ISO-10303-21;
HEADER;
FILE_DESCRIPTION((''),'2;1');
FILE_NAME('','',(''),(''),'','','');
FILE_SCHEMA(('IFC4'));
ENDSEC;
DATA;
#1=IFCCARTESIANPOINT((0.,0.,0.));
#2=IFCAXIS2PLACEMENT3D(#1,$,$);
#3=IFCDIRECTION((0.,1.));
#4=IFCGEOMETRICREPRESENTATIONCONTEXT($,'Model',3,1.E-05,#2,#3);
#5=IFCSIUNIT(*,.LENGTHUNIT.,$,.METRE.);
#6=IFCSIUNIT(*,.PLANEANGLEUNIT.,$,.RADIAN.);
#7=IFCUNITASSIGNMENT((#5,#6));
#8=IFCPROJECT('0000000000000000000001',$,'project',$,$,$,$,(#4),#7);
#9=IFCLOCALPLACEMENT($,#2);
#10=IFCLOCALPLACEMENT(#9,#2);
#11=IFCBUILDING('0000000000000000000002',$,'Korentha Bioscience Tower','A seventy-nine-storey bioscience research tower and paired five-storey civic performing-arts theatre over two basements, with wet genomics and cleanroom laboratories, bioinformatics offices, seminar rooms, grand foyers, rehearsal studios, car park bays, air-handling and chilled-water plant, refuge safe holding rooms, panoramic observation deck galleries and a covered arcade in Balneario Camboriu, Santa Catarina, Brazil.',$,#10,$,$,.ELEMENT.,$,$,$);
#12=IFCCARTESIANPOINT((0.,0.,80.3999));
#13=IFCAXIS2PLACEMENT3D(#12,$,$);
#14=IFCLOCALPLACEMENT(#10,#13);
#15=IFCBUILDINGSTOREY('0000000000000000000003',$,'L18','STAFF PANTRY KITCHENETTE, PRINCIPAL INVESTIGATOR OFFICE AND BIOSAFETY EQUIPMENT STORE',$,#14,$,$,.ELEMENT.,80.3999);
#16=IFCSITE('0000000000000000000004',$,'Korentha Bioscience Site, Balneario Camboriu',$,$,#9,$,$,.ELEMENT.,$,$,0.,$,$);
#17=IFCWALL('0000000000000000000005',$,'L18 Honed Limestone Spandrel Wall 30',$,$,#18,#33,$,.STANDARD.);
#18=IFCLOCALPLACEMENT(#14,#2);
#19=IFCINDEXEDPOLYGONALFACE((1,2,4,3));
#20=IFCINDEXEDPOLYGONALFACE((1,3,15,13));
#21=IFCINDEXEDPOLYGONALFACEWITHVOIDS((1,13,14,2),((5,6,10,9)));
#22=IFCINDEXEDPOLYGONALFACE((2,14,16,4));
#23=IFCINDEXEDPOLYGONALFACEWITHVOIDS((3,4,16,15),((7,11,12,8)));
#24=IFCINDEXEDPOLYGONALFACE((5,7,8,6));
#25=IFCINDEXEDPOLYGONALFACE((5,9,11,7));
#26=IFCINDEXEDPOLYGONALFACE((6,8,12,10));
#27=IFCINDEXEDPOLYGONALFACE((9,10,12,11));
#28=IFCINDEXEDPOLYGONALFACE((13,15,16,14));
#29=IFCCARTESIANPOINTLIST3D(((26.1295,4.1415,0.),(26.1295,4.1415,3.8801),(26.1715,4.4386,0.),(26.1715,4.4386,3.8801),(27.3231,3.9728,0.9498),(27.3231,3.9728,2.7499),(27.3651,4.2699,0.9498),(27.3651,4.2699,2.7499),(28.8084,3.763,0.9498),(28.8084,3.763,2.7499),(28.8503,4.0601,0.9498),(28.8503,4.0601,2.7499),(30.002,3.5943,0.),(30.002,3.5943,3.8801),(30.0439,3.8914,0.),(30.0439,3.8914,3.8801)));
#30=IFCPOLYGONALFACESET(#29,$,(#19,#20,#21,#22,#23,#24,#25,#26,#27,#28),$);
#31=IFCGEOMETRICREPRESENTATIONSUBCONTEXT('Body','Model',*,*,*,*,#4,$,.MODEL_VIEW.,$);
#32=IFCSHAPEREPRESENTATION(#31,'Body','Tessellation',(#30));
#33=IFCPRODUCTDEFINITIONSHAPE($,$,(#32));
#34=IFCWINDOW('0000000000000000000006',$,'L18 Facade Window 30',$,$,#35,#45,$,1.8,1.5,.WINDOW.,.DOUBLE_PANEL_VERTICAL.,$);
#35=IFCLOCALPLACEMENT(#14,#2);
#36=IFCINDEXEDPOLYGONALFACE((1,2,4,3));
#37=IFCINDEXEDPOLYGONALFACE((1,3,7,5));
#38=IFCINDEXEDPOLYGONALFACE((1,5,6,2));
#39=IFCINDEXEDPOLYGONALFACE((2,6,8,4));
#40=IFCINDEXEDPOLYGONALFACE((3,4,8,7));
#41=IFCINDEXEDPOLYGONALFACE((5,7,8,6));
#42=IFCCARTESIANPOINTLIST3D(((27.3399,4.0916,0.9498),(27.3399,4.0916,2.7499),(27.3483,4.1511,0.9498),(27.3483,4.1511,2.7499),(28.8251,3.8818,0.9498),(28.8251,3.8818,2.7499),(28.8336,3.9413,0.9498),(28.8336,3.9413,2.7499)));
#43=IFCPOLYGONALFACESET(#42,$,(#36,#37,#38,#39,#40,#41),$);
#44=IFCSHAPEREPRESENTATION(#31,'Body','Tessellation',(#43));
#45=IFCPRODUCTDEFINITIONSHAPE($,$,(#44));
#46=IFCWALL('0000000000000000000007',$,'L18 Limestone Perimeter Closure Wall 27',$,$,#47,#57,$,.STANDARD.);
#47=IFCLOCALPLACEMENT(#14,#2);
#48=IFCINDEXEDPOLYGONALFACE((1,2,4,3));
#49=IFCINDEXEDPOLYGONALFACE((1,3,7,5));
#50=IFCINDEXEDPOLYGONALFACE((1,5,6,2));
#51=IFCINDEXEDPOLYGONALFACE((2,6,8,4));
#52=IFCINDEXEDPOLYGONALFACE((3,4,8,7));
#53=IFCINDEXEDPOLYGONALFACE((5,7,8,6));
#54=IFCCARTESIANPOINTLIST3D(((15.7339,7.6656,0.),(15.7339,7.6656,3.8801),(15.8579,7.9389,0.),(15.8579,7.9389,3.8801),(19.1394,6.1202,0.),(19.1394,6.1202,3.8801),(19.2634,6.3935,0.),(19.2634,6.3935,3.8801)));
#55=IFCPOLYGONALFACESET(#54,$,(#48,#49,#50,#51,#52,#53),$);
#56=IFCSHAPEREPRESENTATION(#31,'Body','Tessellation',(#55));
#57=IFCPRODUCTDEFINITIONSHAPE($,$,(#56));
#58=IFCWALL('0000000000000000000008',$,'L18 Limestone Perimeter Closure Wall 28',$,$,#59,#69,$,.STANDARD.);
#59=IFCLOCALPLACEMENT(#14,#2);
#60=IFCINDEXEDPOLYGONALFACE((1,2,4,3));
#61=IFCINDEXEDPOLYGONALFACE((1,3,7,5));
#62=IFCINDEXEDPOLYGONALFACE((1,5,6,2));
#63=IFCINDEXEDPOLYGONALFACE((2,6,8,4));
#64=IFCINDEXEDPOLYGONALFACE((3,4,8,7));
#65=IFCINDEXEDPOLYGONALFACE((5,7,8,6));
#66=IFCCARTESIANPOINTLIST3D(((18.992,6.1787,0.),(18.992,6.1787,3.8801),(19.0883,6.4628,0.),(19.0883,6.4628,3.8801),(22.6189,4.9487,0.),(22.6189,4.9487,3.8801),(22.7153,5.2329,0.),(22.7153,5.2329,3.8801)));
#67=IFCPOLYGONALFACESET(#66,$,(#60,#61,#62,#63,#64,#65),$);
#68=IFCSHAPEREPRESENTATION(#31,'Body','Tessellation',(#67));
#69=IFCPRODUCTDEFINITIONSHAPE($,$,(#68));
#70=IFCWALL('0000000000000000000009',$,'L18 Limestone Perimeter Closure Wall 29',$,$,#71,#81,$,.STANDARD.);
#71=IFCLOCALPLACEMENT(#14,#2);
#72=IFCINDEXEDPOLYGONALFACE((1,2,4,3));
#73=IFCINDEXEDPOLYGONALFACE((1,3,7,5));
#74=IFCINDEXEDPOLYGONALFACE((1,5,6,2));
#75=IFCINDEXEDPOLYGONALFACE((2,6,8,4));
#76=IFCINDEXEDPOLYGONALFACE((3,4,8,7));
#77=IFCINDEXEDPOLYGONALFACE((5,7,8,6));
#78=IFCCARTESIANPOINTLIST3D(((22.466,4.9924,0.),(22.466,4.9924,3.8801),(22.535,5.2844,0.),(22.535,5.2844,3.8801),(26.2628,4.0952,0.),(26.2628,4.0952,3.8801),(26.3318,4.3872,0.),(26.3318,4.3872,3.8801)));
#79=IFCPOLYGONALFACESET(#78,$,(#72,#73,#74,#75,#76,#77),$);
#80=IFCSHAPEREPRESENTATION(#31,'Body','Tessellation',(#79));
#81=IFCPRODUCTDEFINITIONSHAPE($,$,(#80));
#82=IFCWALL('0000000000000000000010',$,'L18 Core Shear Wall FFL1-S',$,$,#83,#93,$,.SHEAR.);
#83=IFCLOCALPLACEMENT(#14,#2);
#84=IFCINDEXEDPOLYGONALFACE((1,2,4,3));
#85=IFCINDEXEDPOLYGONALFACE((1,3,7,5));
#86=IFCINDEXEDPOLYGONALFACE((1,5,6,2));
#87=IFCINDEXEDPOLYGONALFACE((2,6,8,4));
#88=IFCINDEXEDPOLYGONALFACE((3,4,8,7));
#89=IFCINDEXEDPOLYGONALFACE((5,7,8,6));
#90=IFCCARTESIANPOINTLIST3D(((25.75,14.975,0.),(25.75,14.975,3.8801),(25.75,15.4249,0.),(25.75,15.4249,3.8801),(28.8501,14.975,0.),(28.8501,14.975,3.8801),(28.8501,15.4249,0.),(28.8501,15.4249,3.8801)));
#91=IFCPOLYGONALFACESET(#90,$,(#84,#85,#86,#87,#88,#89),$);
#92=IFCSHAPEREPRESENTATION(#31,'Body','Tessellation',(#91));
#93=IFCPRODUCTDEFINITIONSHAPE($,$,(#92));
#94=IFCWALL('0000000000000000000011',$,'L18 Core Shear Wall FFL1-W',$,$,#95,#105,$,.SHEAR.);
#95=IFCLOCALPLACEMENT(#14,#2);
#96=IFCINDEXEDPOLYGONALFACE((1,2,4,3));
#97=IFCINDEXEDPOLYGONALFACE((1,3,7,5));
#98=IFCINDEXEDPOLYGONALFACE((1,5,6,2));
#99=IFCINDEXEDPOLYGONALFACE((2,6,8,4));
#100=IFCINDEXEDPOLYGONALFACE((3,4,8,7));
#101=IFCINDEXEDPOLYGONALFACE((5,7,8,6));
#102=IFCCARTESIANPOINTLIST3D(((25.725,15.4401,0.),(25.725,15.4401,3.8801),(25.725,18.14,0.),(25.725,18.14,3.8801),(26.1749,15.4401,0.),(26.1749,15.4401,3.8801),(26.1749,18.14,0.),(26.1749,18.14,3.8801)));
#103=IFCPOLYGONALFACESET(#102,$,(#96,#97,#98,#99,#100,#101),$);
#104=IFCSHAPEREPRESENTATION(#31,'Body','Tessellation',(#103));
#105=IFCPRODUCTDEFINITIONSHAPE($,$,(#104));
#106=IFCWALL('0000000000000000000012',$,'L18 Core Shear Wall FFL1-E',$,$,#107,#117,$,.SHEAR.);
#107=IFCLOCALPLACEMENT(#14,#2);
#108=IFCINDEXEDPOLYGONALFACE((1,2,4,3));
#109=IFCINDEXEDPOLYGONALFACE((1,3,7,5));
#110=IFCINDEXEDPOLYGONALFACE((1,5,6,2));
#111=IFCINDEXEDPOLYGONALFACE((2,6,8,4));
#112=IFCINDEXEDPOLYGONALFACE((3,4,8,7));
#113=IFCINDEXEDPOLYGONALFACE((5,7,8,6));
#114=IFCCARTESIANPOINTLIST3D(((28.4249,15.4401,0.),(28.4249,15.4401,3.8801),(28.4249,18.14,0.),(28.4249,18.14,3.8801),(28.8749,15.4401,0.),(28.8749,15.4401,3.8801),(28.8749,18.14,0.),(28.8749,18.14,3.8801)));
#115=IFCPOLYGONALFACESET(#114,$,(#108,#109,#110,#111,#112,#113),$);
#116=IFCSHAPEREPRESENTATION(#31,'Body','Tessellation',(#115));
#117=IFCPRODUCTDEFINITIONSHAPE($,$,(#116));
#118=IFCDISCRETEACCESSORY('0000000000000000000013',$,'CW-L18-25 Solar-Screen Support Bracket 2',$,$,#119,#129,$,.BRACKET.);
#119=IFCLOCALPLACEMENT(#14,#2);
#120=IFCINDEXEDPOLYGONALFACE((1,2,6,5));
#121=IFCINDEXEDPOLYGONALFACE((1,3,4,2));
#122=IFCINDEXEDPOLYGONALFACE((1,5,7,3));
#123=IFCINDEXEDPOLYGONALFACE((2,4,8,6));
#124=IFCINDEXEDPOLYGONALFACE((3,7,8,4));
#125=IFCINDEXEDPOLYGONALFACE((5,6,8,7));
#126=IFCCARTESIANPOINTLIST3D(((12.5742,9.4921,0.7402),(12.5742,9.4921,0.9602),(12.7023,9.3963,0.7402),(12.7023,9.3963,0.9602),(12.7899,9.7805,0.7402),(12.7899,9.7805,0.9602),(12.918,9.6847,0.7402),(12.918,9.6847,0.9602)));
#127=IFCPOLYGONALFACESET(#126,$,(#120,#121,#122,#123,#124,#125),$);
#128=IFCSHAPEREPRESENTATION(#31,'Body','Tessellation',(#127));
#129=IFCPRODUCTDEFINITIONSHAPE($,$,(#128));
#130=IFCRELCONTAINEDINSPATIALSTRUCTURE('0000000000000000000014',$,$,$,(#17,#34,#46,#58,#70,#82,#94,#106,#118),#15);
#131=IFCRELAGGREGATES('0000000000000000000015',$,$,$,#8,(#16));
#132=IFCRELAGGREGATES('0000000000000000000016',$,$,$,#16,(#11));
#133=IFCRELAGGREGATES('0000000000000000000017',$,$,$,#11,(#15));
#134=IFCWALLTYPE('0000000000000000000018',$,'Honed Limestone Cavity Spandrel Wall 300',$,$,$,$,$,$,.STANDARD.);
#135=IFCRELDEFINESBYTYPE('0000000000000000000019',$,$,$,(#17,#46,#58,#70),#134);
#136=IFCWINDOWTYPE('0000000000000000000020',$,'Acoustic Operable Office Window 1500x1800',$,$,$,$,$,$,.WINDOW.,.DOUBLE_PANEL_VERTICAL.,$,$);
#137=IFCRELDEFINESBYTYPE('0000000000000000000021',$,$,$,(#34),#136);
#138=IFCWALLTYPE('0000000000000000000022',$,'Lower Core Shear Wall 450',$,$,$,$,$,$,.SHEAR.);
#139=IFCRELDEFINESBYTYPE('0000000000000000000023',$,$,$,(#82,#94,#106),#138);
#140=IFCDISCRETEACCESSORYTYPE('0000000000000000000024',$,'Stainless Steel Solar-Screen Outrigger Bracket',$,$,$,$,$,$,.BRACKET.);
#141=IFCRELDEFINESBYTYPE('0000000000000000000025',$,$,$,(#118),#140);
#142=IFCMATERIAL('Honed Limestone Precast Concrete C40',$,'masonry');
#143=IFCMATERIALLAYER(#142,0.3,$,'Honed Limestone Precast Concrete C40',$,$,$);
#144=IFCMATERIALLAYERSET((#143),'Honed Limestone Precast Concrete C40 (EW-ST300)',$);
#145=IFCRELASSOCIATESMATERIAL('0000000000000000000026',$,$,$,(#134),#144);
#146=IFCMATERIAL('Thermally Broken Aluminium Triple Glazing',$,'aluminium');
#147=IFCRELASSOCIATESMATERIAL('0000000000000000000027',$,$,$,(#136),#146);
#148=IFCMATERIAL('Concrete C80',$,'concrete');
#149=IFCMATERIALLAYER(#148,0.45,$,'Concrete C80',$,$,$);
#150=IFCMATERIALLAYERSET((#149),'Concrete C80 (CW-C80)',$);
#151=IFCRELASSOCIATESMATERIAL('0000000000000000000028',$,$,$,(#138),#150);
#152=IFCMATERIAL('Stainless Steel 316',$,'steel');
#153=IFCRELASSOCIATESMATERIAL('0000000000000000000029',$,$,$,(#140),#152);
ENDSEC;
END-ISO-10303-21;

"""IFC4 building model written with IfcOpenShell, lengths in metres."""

from ifc_helpers import new_model, si_unit, direction, frame, frame_2d, origin, origin_2d, place, context, subcontext, project, spatial, rectangle, extrude, material, layer, layer_set, type_object, element, fill, save


model = new_model("IFC4")

# Units and contexts
model_context = context("Model", 3, precision=1e-05, world=origin(), true_north=direction((0.0, 1.0)))
body_context = subcontext(model_context, "Body", "Model", "MODEL_VIEW")
ifc_project = project(units=[si_unit("LENGTHUNIT", "METRE"), si_unit("PLANEANGLEUNIT", "RADIAN")], contexts=[model_context])

# Site, building, storey
site_placement = place(None, origin())
site = spatial("IfcSite", under=ifc_project, at=site_placement, Name="Korentha Bioscience Site, Balneario Camboriu", CompositionType="ELEMENT", RefElevation=0.0)
building_placement = place(site_placement, origin())
building = spatial("IfcBuilding", under=site, at=building_placement, Name="Korentha Bioscience Tower", Description="A seventy-nine-storey bioscience research tower and paired five-storey civic performing-arts theatre over two basements, with wet genomics and cleanroom laboratories, bioinformatics offices, seminar rooms, grand foyers, rehearsal studios, car park bays, air-handling and chilled-water plant, refuge safe holding rooms, panoramic observation deck galleries and a covered arcade in Balneario Camboriu, Santa Catarina, Brazil.", CompositionType="ELEMENT")
storey_placement = place(building_placement, frame((0.0, 0.0, 80.3999)))
storey = spatial("IfcBuildingStorey", under=building, at=storey_placement, Name="L18", Description="STAFF PANTRY KITCHENETTE, PRINCIPAL INVESTIGATOR OFFICE AND BIOSAFETY EQUIPMENT STORE", CompositionType="ELEMENT", Elevation=80.3999)

# Shared definitions
ifc_material_1 = material(Name="Concrete C80", Category="concrete")

# Wall, opening, window
ifc_material_2 = material(Name="Honed Limestone Precast Concrete C40", Category="masonry")
ifc_layer_1 = layer(ifc_material_2, 0.3, Name="Honed Limestone Precast Concrete C40")
ifc_layer_set_1 = layer_set([ifc_layer_1], Name="Honed Limestone Precast Concrete C40 (EW-ST300)")
wall_type_1 = type_object("IfcWallType", Name="Honed Limestone Cavity Spandrel Wall 300", PredefinedType="STANDARD", material=ifc_layer_set_1)
ifc_material_3 = material(Name="Thermally Broken Aluminium Triple Glazing", Category="aluminium")
window_type = type_object("IfcWindowType", Name="Acoustic Operable Office Window 1500x1800", PartitioningType="DOUBLE_PANEL_VERTICAL", PredefinedType="WINDOW", material=ifc_material_3)
wall_1_placement = place(storey_placement, frame((26.1504, 4.29, 0.0), z_axis=(0.0, 0.0, 1.0), x_axis=(0.990166, -0.1399, 0.0)))
wall_1 = element("IfcWall", 1, at=wall_1_placement, inside=storey, type_object=wall_type_1, Name="L18 Honed Limestone Spandrel Wall 30", PredefinedType="STANDARD", context=body_context, shape_type="SweptSolid", body=[
    extrude(rectangle(XDim=3.9109, YDim=0.3, at=frame_2d((1.9556, 0.0))), origin(), (0.0, 0.0, 1.0), 3.8801),
])
opening_1_placement = place(wall_1_placement, frame((1.2056, 0.0, 0.95)))
opening_1 = element("IfcOpeningElement", 2, at=opening_1_placement, cuts=wall_1, PredefinedType="OPENING", context=body_context, shape_type="SweptSolid", body=[
    extrude(rectangle(XDim=1.5, YDim=1.8, at=frame_2d((0.75, 0.8999))), frame((0.0, 0.165, 0.0), z_axis=(0.0, -1.0, 0.0), x_axis=(1.0, 0.0, 0.0)), (0.0, 0.0, 1.0), 0.3298),
])
window_1_placement = place(opening_1_placement, origin())
window_1 = element("IfcWindow", 3, at=window_1_placement, inside=storey, type_object=window_type, Name="L18 Facade Window 30", OverallHeight=1.8, OverallWidth=1.5, PartitioningType="DOUBLE_PANEL_VERTICAL", PredefinedType="WINDOW", context=body_context, shape_type="SweptSolid", body=[
    extrude(rectangle(XDim=1.5, YDim=1.8, at=frame_2d((0.75, 0.8999))), frame((0.0, 0.03, 0.0), z_axis=(0.0, -1.0, 0.0), x_axis=(1.0, 0.0, 0.0)), (0.0, 0.0, 1.0), 0.0601),
])
fill(opening_1, window_1)

# Walls
wall_2_placement = place(storey_placement, frame((15.7959, 7.8022, 0.0), z_axis=(0.0, 0.0, 1.0), x_axis=(0.910623, -0.413237, 0.0)))
element("IfcWall", 4, at=wall_2_placement, inside=storey, type_object=wall_type_1, Name="L18 Limestone Perimeter Closure Wall 27", PredefinedType="STANDARD", context=body_context, shape_type="SweptSolid", body=[
    extrude(rectangle(XDim=3.7397, YDim=0.3, at=frame_2d((1.8699, 0.0))), origin(), (0.0, 0.0, 1.0), 3.8801),
])
wall_3_placement = place(storey_placement, frame((19.04, 6.3208, 0.0), z_axis=(0.0, 0.0, 1.0), x_axis=(0.947026, -0.321158, 0.0)))
element("IfcWall", 5, at=wall_3_placement, inside=storey, type_object=wall_type_1, Name="L18 Limestone Perimeter Closure Wall 28", PredefinedType="STANDARD", context=body_context, shape_type="SweptSolid", body=[
    extrude(rectangle(XDim=3.8298, YDim=0.3, at=frame_2d((1.915, 0.0))), origin(), (0.0, 0.0, 1.0), 3.8801),
])
wall_4_placement = place(storey_placement, frame((22.5005, 5.1384, 0.0), z_axis=(0.0, 0.0, 1.0), x_axis=(0.973198, -0.22997, 0.0)))
element("IfcWall", 6, at=wall_4_placement, inside=storey, type_object=wall_type_1, Name="L18 Limestone Perimeter Closure Wall 29", PredefinedType="STANDARD", context=body_context, shape_type="SweptSolid", body=[
    extrude(rectangle(XDim=3.9014, YDim=0.3, at=frame_2d((1.9507, 0.0))), origin(), (0.0, 0.0, 1.0), 3.8801),
])
ifc_layer_2 = layer(ifc_material_1, 0.45, Name="Concrete C80")
ifc_layer_set_2 = layer_set([ifc_layer_2], Name="Concrete C80 (CW-C80)")
wall_type_2 = type_object("IfcWallType", Name="Lower Core Shear Wall 450", PredefinedType="SHEAR", material=ifc_layer_set_2)
wall_5_placement = place(storey_placement, frame((25.75, 15.2, 0.0), z_axis=(0.0, 0.0, 1.0), x_axis=(1.0, 0.0, 0.0)))
element("IfcWall", 7, at=wall_5_placement, inside=storey, type_object=wall_type_2, Name="L18 Core Shear Wall FFL1-S", PredefinedType="SHEAR", context=body_context, shape_type="SweptSolid", body=[
    extrude(rectangle(XDim=3.1001, YDim=0.45, at=frame_2d((1.55, 0.0))), origin(), (0.0, 0.0, 1.0), 3.8801),
])
for number, where, z_axis, x_axis, name in (
    (8, (25.95, 15.4399, 0.0), (0.0, 0.0, 1.0), (0.0, 1.0, 0.0), "L18 Core Shear Wall FFL1-W"),
    (9, (28.6499, 15.4399, 0.0), (0.0, 0.0, 1.0), (0.0, 1.0, 0.0), "L18 Core Shear Wall FFL1-E"),
):
    element("IfcWall", number, at=place(storey_placement, frame(where, z_axis=z_axis, x_axis=x_axis)), inside=storey, type_object=wall_type_2, Name=name, PredefinedType="SHEAR", context=body_context, shape_type="SweptSolid", body=[
        extrude(rectangle(XDim=2.7, YDim=0.45, at=frame_2d((1.3501, 0.0))), origin(), (0.0, 0.0, 1.0), 3.8801),
    ])

# Discrete accessory
ifc_material_4 = material(Name="Stainless Steel 316", Category="steel")
discrete_accessory_type = type_object("IfcDiscreteAccessoryType", Name="Stainless Steel Solar-Screen Outrigger Bracket", PredefinedType="BRACKET", material=ifc_material_4)
discrete_accessory_placement = place(storey_placement, frame((12.7461, 9.5884, 0.7402), z_axis=(0.0, 0.0, 1.0), x_axis=(0.800798, -0.598935, 0.0)))
element("IfcDiscreteAccessory", 10, at=discrete_accessory_placement, inside=storey, type_object=discrete_accessory_type, Name="CW-L18-25 Solar-Screen Support Bracket 2", PredefinedType="BRACKET", context=body_context, shape_type="SweptSolid", body=[
    extrude(rectangle(XDim=0.1599, YDim=0.3601, at=origin_2d()), origin(), (0.0, 0.0, 1.0), 0.22),
])

save(model, "model.ifc")
